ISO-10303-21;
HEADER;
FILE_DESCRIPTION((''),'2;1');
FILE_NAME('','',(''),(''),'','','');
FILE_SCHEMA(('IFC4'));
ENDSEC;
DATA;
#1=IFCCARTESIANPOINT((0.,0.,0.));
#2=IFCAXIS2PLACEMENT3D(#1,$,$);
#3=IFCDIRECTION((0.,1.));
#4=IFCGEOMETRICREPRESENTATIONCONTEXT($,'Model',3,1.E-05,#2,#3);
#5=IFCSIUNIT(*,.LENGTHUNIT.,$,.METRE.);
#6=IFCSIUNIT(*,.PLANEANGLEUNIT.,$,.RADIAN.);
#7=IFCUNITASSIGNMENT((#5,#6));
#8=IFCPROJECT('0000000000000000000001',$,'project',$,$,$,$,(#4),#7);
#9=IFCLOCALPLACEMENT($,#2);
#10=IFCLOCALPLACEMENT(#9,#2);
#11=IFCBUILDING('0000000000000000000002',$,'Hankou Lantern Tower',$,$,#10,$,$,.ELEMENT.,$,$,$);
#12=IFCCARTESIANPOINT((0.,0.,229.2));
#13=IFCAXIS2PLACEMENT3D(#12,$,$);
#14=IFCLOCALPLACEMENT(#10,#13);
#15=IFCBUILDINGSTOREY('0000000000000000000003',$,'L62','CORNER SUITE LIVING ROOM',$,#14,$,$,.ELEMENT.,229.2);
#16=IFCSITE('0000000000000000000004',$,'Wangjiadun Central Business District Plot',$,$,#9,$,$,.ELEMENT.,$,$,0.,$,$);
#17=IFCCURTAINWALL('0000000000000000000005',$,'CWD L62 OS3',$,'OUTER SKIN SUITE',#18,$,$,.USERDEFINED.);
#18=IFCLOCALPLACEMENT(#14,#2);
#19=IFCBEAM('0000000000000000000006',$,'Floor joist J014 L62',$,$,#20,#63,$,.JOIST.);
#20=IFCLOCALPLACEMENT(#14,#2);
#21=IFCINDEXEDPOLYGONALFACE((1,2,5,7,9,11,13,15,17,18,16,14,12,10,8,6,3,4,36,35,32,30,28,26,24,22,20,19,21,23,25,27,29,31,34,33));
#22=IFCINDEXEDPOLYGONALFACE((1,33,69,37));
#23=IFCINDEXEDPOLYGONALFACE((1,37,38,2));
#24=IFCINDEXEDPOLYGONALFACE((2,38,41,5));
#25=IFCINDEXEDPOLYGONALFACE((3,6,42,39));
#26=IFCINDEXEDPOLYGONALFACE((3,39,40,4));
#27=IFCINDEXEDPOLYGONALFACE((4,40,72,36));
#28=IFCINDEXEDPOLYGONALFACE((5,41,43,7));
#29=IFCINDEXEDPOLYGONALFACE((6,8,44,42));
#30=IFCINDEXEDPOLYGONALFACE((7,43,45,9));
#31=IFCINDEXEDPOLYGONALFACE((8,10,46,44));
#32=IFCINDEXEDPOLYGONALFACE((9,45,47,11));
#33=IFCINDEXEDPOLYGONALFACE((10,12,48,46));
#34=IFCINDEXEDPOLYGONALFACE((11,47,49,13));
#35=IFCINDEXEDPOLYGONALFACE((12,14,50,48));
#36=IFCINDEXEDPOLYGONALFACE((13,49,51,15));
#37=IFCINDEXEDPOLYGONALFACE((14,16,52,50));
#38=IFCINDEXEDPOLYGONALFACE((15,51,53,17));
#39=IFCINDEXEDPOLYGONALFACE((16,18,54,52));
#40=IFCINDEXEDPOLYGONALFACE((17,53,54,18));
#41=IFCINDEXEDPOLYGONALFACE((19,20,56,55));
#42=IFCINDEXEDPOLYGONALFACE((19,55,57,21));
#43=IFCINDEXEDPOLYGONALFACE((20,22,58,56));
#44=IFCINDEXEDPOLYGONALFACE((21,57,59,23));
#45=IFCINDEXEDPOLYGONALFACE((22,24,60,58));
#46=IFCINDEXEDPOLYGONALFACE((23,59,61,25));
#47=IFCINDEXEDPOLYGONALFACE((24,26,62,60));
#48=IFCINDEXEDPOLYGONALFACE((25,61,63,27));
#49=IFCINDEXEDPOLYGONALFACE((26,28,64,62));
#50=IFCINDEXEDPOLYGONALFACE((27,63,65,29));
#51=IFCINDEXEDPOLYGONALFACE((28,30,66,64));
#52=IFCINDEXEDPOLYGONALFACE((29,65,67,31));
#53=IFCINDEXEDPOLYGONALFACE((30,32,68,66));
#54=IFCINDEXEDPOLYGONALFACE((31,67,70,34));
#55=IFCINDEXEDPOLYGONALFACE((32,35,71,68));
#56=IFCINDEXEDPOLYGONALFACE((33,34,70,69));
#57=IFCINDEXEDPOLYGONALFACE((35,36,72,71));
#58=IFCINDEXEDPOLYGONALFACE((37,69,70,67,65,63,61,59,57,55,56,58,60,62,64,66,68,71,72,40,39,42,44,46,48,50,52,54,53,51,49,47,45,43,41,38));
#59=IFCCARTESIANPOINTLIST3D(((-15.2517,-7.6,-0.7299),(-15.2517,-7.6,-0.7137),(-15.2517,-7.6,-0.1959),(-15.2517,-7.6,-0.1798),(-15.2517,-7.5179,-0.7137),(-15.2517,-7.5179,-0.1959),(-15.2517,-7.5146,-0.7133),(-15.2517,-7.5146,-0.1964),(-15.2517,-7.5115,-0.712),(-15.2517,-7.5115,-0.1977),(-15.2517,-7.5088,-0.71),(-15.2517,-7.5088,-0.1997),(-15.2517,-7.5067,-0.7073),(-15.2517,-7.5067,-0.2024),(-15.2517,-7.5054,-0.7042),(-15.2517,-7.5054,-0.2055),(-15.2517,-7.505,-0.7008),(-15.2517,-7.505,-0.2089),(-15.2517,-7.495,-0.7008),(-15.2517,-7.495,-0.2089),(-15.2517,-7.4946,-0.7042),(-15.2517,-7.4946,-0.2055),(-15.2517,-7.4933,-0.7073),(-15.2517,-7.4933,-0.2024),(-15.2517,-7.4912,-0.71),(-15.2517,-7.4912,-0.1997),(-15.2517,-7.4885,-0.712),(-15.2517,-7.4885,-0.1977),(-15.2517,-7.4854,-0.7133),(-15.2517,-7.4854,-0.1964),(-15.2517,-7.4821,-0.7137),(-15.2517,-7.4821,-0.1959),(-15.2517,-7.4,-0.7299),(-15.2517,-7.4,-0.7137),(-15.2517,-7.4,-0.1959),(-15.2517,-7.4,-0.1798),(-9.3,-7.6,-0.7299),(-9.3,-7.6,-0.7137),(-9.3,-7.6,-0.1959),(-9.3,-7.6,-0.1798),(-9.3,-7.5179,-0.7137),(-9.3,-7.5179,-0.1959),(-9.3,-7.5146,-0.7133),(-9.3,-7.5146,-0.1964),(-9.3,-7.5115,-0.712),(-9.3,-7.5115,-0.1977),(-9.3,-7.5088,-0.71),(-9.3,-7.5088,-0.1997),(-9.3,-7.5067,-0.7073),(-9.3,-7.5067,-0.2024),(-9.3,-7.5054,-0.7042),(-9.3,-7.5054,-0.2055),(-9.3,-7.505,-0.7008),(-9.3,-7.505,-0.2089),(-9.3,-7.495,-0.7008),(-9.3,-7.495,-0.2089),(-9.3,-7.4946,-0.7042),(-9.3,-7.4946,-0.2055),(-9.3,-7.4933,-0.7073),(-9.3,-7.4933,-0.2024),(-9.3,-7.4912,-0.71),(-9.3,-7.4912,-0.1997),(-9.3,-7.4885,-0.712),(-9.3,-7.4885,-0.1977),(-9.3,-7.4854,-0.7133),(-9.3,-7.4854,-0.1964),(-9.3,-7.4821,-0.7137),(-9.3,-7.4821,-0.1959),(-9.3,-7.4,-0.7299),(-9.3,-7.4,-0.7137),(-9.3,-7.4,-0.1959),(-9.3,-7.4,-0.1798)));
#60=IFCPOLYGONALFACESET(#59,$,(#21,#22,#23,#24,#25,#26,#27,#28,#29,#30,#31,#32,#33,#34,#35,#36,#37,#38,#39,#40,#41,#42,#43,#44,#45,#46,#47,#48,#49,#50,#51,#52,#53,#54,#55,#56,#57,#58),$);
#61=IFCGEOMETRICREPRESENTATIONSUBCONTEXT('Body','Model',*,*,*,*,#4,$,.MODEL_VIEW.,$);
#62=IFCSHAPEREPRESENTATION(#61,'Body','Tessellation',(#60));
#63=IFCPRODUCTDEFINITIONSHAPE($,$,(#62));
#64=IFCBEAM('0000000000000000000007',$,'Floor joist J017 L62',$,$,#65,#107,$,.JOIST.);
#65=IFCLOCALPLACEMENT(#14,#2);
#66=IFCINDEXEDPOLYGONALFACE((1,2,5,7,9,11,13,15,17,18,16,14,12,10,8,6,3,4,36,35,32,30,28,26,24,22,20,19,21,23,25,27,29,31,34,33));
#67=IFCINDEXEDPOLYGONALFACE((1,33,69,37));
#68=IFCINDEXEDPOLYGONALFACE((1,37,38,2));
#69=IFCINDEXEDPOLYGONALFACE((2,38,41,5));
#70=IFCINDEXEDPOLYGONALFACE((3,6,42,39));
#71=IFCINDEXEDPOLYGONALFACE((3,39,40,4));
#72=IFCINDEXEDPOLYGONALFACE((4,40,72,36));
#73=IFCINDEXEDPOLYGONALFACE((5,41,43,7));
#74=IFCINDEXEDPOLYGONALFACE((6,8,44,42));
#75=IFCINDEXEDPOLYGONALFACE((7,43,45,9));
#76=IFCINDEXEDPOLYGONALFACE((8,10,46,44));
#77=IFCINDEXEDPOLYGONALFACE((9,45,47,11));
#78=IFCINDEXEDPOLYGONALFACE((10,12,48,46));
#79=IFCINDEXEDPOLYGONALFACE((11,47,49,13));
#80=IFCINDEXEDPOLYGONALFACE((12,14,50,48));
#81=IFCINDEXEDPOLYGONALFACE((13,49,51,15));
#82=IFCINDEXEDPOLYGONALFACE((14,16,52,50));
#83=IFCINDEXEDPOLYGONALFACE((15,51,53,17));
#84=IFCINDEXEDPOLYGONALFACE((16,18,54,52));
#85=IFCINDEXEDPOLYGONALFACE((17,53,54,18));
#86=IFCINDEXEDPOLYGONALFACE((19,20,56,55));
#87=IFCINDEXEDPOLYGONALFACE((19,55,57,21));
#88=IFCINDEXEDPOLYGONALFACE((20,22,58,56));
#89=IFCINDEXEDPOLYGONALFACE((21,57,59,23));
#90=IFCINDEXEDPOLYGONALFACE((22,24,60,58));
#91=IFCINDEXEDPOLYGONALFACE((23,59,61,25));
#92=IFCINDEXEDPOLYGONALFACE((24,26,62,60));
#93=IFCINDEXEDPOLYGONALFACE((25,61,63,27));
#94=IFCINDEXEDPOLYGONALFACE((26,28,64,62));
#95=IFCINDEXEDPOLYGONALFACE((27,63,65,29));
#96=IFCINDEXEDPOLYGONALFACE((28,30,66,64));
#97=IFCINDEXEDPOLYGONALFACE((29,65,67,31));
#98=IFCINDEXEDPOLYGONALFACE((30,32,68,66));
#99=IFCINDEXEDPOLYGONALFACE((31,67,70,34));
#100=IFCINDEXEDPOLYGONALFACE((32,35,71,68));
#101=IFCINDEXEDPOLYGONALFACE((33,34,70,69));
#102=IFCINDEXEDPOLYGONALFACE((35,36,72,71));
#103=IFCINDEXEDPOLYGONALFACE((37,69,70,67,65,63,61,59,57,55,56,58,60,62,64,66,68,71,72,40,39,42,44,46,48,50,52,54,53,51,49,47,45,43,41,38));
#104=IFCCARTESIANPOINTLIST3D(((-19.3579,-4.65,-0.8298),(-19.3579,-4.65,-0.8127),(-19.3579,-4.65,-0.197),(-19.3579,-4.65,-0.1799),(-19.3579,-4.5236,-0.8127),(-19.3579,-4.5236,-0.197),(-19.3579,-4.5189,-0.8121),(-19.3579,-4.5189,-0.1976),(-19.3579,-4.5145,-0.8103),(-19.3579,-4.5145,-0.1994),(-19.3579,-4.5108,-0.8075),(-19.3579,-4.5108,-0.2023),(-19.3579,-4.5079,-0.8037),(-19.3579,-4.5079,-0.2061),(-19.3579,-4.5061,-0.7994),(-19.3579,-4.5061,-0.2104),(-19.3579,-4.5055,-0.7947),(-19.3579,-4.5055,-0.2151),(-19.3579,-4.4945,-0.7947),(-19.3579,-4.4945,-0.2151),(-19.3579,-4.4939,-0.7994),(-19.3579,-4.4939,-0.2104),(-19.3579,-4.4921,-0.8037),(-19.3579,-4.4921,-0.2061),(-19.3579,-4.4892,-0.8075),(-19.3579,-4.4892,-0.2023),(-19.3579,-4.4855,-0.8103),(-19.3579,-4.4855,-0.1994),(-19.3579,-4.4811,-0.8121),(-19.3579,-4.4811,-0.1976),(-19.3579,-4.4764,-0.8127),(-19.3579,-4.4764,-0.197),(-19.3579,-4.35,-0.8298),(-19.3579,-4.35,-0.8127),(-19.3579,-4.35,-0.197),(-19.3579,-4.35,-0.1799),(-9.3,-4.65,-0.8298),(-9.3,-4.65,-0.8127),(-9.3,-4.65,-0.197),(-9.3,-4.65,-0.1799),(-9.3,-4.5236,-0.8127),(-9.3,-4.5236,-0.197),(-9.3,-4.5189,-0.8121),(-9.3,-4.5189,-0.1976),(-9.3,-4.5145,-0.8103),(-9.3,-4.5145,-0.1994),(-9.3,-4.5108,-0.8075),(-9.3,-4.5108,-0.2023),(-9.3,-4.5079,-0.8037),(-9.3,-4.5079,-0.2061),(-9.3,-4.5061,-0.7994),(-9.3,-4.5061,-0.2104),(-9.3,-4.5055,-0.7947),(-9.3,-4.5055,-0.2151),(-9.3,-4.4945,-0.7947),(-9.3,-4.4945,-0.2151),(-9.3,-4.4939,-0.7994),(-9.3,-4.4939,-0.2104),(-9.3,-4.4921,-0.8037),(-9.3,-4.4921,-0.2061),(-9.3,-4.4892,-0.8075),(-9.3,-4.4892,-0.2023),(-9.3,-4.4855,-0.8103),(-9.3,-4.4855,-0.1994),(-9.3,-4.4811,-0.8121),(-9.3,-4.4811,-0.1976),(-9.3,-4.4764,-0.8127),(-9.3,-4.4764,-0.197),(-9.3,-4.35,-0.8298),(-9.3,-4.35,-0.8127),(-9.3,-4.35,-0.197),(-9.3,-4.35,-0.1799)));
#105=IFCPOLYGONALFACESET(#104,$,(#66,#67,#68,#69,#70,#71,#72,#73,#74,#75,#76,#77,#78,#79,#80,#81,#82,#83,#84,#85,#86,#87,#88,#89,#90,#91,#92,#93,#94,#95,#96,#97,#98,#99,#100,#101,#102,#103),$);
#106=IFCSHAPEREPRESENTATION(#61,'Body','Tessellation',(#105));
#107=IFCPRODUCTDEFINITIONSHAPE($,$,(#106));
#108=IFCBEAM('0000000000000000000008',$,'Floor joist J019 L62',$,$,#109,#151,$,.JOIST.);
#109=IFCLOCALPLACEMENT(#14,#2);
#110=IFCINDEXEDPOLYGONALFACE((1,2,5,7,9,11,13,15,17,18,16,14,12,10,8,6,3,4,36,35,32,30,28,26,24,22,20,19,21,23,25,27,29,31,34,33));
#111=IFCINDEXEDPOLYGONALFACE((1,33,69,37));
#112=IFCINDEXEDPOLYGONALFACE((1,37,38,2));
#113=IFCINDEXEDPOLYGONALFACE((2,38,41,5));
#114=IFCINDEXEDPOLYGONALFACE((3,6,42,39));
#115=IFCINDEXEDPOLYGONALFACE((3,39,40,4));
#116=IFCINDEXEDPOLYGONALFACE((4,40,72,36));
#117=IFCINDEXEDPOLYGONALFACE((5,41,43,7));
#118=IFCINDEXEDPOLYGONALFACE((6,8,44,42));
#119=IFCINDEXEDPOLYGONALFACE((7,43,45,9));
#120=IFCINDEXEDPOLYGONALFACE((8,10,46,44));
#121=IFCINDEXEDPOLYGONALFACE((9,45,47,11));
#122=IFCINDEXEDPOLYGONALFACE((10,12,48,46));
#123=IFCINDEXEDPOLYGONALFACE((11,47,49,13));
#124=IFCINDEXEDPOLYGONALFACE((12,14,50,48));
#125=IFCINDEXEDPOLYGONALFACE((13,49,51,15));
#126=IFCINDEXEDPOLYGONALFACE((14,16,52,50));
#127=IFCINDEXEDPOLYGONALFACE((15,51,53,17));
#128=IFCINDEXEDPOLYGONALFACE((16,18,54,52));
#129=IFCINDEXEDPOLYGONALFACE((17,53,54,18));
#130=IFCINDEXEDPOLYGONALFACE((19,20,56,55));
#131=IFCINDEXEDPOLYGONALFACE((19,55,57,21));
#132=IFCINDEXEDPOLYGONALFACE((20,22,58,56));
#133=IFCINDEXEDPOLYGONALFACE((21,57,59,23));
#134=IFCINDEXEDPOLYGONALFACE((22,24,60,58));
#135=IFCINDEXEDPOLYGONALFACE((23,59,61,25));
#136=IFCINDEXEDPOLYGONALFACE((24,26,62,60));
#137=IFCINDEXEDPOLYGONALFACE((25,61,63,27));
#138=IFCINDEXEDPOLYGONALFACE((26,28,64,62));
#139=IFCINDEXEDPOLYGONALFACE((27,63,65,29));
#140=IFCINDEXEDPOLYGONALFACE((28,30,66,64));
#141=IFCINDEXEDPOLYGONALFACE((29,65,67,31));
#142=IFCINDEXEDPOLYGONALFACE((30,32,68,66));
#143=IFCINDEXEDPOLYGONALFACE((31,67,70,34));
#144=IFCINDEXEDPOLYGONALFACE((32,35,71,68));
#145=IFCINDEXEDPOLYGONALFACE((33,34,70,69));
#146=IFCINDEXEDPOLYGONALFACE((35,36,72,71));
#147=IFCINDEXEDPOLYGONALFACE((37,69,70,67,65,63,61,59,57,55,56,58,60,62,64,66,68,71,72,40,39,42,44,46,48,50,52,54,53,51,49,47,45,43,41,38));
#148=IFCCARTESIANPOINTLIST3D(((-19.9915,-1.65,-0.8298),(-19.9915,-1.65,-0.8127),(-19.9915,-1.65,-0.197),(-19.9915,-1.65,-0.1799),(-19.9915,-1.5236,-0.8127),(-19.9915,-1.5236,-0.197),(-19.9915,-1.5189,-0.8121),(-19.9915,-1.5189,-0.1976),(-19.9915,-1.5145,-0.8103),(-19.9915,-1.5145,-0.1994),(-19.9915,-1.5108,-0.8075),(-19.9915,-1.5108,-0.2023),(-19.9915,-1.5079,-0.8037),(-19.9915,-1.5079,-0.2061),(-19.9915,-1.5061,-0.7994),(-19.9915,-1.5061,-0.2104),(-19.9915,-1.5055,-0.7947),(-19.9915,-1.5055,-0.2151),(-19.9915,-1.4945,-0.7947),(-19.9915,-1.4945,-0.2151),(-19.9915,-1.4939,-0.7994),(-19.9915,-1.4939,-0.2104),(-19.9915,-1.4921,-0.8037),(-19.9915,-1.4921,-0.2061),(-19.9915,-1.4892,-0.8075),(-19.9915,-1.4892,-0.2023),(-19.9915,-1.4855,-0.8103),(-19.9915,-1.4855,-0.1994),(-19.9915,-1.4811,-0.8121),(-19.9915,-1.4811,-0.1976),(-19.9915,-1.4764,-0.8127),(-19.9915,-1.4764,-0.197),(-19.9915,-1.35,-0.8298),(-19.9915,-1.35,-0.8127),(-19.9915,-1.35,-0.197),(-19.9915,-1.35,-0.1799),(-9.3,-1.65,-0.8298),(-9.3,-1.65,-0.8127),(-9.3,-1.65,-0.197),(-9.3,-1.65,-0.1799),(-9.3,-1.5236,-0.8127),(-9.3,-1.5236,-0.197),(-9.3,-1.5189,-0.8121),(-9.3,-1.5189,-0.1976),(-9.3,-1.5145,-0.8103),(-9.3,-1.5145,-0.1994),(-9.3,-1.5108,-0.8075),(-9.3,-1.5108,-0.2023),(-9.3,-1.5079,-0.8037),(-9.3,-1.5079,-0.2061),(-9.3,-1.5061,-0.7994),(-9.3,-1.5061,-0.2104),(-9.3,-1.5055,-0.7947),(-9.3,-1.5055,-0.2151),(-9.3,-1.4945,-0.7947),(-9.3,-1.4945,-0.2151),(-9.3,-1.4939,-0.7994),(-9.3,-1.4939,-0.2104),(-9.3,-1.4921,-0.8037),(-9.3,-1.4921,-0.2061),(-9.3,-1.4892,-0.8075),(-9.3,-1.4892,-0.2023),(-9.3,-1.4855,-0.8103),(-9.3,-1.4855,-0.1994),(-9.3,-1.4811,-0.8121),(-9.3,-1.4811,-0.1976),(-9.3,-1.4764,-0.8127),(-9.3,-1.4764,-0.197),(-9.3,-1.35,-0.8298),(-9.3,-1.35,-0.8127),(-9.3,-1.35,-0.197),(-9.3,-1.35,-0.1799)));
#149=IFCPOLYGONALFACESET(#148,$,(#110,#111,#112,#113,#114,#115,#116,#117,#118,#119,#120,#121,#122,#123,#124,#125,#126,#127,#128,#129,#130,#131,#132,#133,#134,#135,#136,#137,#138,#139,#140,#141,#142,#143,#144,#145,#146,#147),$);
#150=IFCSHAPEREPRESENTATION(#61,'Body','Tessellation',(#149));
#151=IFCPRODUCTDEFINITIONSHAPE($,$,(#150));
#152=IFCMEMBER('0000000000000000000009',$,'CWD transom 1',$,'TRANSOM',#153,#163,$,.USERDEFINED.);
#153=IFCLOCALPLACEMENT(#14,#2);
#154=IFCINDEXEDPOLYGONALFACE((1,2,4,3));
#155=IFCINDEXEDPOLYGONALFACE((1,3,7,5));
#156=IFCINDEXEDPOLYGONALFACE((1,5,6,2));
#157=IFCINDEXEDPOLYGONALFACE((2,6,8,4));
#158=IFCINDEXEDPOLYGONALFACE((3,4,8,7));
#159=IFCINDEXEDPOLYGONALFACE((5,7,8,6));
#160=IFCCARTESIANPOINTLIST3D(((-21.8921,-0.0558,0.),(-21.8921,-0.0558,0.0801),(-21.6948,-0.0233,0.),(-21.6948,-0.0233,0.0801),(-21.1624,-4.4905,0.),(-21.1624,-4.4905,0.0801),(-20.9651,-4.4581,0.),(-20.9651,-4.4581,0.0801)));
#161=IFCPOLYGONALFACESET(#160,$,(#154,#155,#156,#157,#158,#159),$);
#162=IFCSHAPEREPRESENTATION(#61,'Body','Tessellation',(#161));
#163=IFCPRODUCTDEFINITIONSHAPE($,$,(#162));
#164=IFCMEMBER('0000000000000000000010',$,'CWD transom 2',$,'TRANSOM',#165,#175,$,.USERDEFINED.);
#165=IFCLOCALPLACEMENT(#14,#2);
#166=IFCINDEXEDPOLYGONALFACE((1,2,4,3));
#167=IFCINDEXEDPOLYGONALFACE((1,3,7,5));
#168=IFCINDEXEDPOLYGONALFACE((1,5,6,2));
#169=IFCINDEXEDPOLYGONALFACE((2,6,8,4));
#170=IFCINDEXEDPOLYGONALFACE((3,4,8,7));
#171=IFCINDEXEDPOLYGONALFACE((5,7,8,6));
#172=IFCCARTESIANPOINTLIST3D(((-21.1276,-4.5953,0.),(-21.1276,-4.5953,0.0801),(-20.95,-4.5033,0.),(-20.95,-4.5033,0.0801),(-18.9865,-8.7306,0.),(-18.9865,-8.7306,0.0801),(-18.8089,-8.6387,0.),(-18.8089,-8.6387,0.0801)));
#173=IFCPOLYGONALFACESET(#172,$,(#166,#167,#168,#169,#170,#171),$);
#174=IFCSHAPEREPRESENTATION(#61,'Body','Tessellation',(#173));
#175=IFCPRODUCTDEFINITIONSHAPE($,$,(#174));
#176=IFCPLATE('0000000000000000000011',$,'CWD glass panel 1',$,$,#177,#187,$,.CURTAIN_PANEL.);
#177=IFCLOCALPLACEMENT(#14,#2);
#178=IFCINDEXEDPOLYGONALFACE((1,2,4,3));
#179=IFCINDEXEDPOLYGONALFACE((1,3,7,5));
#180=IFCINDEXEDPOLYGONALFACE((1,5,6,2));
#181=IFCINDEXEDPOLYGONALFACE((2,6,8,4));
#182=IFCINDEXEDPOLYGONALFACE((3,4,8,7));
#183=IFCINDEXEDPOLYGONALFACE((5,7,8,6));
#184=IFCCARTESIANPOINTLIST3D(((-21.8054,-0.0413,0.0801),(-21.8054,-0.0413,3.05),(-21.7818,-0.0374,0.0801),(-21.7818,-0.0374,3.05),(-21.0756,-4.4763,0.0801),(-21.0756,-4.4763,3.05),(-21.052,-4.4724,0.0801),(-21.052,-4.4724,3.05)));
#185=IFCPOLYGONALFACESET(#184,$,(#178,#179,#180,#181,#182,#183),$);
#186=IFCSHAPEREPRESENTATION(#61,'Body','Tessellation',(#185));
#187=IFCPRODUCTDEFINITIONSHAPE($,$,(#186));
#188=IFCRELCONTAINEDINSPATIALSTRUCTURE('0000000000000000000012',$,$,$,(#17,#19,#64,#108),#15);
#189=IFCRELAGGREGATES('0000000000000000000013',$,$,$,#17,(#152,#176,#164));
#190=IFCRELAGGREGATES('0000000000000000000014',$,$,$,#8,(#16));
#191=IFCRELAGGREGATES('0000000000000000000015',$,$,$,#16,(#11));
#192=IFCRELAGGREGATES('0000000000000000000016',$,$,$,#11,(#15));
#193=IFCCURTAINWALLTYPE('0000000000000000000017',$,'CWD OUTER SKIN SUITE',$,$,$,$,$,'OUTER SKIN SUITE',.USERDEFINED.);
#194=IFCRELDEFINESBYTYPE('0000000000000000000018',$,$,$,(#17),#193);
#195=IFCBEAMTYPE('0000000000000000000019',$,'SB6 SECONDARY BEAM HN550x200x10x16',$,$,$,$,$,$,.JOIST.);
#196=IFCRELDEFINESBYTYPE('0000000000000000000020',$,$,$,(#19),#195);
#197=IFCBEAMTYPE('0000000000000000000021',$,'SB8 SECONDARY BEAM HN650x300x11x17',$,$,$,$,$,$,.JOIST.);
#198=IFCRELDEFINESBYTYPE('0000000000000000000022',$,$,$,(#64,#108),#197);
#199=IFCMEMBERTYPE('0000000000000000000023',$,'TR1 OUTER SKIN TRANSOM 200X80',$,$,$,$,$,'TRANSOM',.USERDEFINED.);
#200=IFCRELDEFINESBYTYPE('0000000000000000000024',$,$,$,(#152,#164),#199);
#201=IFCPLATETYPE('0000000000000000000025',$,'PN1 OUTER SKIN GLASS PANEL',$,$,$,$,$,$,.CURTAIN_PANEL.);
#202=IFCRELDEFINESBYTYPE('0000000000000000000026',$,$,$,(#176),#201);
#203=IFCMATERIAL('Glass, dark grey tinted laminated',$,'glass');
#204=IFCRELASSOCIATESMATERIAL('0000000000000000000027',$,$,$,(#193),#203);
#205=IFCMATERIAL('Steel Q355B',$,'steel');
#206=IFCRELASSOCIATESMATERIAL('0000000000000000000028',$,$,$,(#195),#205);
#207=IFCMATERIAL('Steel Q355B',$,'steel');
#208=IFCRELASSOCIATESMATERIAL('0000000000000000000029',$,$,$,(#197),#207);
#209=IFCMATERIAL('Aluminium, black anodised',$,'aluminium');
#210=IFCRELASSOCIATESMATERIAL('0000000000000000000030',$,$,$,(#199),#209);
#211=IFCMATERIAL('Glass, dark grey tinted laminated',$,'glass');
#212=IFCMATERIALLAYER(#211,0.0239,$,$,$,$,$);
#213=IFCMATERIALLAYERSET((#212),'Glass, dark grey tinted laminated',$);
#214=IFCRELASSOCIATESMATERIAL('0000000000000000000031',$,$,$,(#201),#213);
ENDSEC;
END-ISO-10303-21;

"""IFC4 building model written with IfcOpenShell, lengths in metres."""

from ifc_helpers import new_model, si_unit, direction, frame, origin, origin_2d, place, context, subcontext, project, spatial, rectangle, i_section, extrude, material, layer, layer_set, material_profile, profile_set, type_object, element, aggregate, save


model = new_model("IFC4")

# Units and contexts
model_context = context("Model", 3, precision=1e-05, world=origin(), true_north=direction((0.0, 1.0)))
body_context = subcontext(model_context, "Body", "Model", "MODEL_VIEW")
ifc_project = project(units=[si_unit("LENGTHUNIT", "METRE"), si_unit("PLANEANGLEUNIT", "RADIAN")], contexts=[model_context])

# Site, building, storey
site_placement = place(None, origin())
site = spatial("IfcSite", under=ifc_project, at=site_placement, Name="Wangjiadun Central Business District Plot", CompositionType="ELEMENT", RefElevation=0.0)
building_placement = place(site_placement, origin())
building = spatial("IfcBuilding", under=site, at=building_placement, Name="Hankou Lantern Tower", CompositionType="ELEMENT")
storey_placement = place(building_placement, frame((0.0, 0.0, 229.2)))
storey = spatial("IfcBuildingStorey", under=building, at=storey_placement, Name="L62", Description="CORNER SUITE LIVING ROOM", CompositionType="ELEMENT", Elevation=229.2)

# Curtain wall
ifc_material_1 = material(Name="Glass, dark grey tinted laminated", Category="glass")
curtain_wall_type = type_object("IfcCurtainWallType", Name="CWD OUTER SKIN SUITE", ElementType="OUTER SKIN SUITE", PredefinedType="USERDEFINED", material=ifc_material_1)
curtain_wall_placement = place(storey_placement, origin())
curtain_wall = element("IfcCurtainWall", 1, at=curtain_wall_placement, inside=storey, type_object=curtain_wall_type, Name="CWD L62 OS3", ObjectType="OUTER SKIN SUITE", PredefinedType="USERDEFINED")

# Beams
ifc_material_2 = material(Name="Steel Q355B", Category="steel")
ifc_material_profile_1 = material_profile(ifc_material_2, i_section(OverallWidth=0.2, OverallDepth=0.55, WebThickness=0.01, FlangeThickness=0.0161, FilletRadius=0.0129, at=origin_2d()), Name="HN550x200x10x16")
ifc_profile_set_1 = profile_set([ifc_material_profile_1], Name="Steel Q355B")
beam_type_1 = type_object("IfcBeamType", Name="SB6 SECONDARY BEAM HN550x200x10x16", PredefinedType="JOIST", material=ifc_profile_set_1)
beam_1_placement = place(storey_placement, frame((-15.2517, -7.5, -0.4548), z_axis=(1.0, 0.0, 0.0), x_axis=(0.0, 1.0, 0.0)))
element("IfcBeam", 2, at=beam_1_placement, inside=storey, type_object=beam_type_1, Name="Floor joist J014 L62", PredefinedType="JOIST", context=body_context, shape_type="SweptSolid", body=[
    extrude(i_section(OverallWidth=0.2, OverallDepth=0.55, WebThickness=0.01, FlangeThickness=0.0161, FilletRadius=0.0129, at=origin_2d()), origin(), (0.0, 0.0, 1.0), 5.9517),
])
ifc_material_3 = material(Name="Steel Q355B", Category="steel")
ifc_material_profile_2 = material_profile(ifc_material_3, i_section(OverallWidth=0.3, OverallDepth=0.6499, WebThickness=0.011, FlangeThickness=0.0171, FilletRadius=0.0181, at=origin_2d()), Name="HN650x300x11x17")
ifc_profile_set_2 = profile_set([ifc_material_profile_2], Name="Steel Q355B")
beam_type_2 = type_object("IfcBeamType", Name="SB8 SECONDARY BEAM HN650x300x11x17", PredefinedType="JOIST", material=ifc_profile_set_2)
beam_2_placement = place(storey_placement, frame((-19.3579, -4.5, -0.5049), z_axis=(1.0, 0.0, 0.0), x_axis=(0.0, 1.0, 0.0)))
element("IfcBeam", 3, at=beam_2_placement, inside=storey, type_object=beam_type_2, Name="Floor joist J017 L62", PredefinedType="JOIST", context=body_context, shape_type="SweptSolid", body=[
    extrude(i_section(OverallWidth=0.3, OverallDepth=0.6499, WebThickness=0.011, FlangeThickness=0.0171, FilletRadius=0.0181, at=origin_2d()), origin(), (0.0, 0.0, 1.0), 10.0579),
])
beam_3_placement = place(storey_placement, frame((-19.9915, -1.5, -0.5049), z_axis=(1.0, 0.0, 0.0), x_axis=(0.0, 1.0, 0.0)))
element("IfcBeam", 4, at=beam_3_placement, inside=storey, type_object=beam_type_2, Name="Floor joist J019 L62", PredefinedType="JOIST", context=body_context, shape_type="SweptSolid", body=[
    extrude(i_section(OverallWidth=0.3, OverallDepth=0.6499, WebThickness=0.011, FlangeThickness=0.0171, FilletRadius=0.0181, at=origin_2d()), origin(), (0.0, 0.0, 1.0), 10.6914),
])

# Members
ifc_material_4 = material(Name="Aluminium, black anodised", Category="aluminium")
ifc_material_profile_3 = material_profile(ifc_material_4, rectangle(XDim=0.2, YDim=0.0801, at=origin_2d()), Name="TR1 200X80")
ifc_profile_set_3 = profile_set([ifc_material_profile_3], Name="Aluminium, black anodised")
member_type_1 = type_object("IfcMemberType", Name="TR1 OUTER SKIN TRANSOM 200X80", ElementType="TRANSOM", PredefinedType="USERDEFINED", material=ifc_profile_set_3)
member_1_placement = place(storey_placement, frame((-21.7935, -0.0396, 0.04), z_axis=(0.162364, -0.986731, 0.0), x_axis=(0.986731, 0.162364, 0.0)))
member_1 = element("IfcMember", 5, at=member_1_placement, type_object=member_type_1, Name="CWD transom 1", ObjectType="TRANSOM", PredefinedType="USERDEFINED", context=body_context, shape_type="SweptSolid", body=[
    extrude(rectangle(XDim=0.2, YDim=0.0801, at=origin_2d()), origin(), (0.0, 0.0, 1.0), 4.4944),
])
member_2_placement = place(storey_placement, frame((-21.0388, -4.5493, 0.04), z_axis=(0.459794, -0.888026, 0.0), x_axis=(0.888026, 0.459794, 0.0)))
member_2 = element("IfcMember", 6, at=member_2_placement, type_object=member_type_1, Name="CWD transom 2", ObjectType="TRANSOM", PredefinedType="USERDEFINED", context=body_context, shape_type="SweptSolid", body=[
    extrude(rectangle(XDim=0.2, YDim=0.0801, at=origin_2d()), origin(), (0.0, 0.0, 1.0), 4.6567),
])

# Plate
ifc_material_5 = material(Name="Glass, dark grey tinted laminated", Category="glass")
ifc_layer_1 = layer(ifc_material_5, 0.0239)
ifc_layer_set_1 = layer_set([ifc_layer_1], Name="Glass, dark grey tinted laminated")
plate_type = type_object("IfcPlateType", Name="PN1 OUTER SKIN GLASS PANEL", PredefinedType="CURTAIN_PANEL", material=ifc_layer_set_1)
plate_1_placement = place(storey_placement, frame((-21.4287, -2.2568, 0.0801), z_axis=(0.0, 0.0, 1.0), x_axis=(0.162382, -0.986728, 0.0)))
plate_1 = element("IfcPlate", 7, at=plate_1_placement, type_object=plate_type, Name="CWD glass panel 1", PredefinedType="CURTAIN_PANEL", context=body_context, shape_type="SweptSolid", body=[
    extrude(rectangle(XDim=4.4946, YDim=0.0239, at=origin_2d()), origin(), (0.0, 0.0, 1.0), 2.97),
])
aggregate(curtain_wall, [member_1, plate_1, member_2])

save(model, "model.ifc")
